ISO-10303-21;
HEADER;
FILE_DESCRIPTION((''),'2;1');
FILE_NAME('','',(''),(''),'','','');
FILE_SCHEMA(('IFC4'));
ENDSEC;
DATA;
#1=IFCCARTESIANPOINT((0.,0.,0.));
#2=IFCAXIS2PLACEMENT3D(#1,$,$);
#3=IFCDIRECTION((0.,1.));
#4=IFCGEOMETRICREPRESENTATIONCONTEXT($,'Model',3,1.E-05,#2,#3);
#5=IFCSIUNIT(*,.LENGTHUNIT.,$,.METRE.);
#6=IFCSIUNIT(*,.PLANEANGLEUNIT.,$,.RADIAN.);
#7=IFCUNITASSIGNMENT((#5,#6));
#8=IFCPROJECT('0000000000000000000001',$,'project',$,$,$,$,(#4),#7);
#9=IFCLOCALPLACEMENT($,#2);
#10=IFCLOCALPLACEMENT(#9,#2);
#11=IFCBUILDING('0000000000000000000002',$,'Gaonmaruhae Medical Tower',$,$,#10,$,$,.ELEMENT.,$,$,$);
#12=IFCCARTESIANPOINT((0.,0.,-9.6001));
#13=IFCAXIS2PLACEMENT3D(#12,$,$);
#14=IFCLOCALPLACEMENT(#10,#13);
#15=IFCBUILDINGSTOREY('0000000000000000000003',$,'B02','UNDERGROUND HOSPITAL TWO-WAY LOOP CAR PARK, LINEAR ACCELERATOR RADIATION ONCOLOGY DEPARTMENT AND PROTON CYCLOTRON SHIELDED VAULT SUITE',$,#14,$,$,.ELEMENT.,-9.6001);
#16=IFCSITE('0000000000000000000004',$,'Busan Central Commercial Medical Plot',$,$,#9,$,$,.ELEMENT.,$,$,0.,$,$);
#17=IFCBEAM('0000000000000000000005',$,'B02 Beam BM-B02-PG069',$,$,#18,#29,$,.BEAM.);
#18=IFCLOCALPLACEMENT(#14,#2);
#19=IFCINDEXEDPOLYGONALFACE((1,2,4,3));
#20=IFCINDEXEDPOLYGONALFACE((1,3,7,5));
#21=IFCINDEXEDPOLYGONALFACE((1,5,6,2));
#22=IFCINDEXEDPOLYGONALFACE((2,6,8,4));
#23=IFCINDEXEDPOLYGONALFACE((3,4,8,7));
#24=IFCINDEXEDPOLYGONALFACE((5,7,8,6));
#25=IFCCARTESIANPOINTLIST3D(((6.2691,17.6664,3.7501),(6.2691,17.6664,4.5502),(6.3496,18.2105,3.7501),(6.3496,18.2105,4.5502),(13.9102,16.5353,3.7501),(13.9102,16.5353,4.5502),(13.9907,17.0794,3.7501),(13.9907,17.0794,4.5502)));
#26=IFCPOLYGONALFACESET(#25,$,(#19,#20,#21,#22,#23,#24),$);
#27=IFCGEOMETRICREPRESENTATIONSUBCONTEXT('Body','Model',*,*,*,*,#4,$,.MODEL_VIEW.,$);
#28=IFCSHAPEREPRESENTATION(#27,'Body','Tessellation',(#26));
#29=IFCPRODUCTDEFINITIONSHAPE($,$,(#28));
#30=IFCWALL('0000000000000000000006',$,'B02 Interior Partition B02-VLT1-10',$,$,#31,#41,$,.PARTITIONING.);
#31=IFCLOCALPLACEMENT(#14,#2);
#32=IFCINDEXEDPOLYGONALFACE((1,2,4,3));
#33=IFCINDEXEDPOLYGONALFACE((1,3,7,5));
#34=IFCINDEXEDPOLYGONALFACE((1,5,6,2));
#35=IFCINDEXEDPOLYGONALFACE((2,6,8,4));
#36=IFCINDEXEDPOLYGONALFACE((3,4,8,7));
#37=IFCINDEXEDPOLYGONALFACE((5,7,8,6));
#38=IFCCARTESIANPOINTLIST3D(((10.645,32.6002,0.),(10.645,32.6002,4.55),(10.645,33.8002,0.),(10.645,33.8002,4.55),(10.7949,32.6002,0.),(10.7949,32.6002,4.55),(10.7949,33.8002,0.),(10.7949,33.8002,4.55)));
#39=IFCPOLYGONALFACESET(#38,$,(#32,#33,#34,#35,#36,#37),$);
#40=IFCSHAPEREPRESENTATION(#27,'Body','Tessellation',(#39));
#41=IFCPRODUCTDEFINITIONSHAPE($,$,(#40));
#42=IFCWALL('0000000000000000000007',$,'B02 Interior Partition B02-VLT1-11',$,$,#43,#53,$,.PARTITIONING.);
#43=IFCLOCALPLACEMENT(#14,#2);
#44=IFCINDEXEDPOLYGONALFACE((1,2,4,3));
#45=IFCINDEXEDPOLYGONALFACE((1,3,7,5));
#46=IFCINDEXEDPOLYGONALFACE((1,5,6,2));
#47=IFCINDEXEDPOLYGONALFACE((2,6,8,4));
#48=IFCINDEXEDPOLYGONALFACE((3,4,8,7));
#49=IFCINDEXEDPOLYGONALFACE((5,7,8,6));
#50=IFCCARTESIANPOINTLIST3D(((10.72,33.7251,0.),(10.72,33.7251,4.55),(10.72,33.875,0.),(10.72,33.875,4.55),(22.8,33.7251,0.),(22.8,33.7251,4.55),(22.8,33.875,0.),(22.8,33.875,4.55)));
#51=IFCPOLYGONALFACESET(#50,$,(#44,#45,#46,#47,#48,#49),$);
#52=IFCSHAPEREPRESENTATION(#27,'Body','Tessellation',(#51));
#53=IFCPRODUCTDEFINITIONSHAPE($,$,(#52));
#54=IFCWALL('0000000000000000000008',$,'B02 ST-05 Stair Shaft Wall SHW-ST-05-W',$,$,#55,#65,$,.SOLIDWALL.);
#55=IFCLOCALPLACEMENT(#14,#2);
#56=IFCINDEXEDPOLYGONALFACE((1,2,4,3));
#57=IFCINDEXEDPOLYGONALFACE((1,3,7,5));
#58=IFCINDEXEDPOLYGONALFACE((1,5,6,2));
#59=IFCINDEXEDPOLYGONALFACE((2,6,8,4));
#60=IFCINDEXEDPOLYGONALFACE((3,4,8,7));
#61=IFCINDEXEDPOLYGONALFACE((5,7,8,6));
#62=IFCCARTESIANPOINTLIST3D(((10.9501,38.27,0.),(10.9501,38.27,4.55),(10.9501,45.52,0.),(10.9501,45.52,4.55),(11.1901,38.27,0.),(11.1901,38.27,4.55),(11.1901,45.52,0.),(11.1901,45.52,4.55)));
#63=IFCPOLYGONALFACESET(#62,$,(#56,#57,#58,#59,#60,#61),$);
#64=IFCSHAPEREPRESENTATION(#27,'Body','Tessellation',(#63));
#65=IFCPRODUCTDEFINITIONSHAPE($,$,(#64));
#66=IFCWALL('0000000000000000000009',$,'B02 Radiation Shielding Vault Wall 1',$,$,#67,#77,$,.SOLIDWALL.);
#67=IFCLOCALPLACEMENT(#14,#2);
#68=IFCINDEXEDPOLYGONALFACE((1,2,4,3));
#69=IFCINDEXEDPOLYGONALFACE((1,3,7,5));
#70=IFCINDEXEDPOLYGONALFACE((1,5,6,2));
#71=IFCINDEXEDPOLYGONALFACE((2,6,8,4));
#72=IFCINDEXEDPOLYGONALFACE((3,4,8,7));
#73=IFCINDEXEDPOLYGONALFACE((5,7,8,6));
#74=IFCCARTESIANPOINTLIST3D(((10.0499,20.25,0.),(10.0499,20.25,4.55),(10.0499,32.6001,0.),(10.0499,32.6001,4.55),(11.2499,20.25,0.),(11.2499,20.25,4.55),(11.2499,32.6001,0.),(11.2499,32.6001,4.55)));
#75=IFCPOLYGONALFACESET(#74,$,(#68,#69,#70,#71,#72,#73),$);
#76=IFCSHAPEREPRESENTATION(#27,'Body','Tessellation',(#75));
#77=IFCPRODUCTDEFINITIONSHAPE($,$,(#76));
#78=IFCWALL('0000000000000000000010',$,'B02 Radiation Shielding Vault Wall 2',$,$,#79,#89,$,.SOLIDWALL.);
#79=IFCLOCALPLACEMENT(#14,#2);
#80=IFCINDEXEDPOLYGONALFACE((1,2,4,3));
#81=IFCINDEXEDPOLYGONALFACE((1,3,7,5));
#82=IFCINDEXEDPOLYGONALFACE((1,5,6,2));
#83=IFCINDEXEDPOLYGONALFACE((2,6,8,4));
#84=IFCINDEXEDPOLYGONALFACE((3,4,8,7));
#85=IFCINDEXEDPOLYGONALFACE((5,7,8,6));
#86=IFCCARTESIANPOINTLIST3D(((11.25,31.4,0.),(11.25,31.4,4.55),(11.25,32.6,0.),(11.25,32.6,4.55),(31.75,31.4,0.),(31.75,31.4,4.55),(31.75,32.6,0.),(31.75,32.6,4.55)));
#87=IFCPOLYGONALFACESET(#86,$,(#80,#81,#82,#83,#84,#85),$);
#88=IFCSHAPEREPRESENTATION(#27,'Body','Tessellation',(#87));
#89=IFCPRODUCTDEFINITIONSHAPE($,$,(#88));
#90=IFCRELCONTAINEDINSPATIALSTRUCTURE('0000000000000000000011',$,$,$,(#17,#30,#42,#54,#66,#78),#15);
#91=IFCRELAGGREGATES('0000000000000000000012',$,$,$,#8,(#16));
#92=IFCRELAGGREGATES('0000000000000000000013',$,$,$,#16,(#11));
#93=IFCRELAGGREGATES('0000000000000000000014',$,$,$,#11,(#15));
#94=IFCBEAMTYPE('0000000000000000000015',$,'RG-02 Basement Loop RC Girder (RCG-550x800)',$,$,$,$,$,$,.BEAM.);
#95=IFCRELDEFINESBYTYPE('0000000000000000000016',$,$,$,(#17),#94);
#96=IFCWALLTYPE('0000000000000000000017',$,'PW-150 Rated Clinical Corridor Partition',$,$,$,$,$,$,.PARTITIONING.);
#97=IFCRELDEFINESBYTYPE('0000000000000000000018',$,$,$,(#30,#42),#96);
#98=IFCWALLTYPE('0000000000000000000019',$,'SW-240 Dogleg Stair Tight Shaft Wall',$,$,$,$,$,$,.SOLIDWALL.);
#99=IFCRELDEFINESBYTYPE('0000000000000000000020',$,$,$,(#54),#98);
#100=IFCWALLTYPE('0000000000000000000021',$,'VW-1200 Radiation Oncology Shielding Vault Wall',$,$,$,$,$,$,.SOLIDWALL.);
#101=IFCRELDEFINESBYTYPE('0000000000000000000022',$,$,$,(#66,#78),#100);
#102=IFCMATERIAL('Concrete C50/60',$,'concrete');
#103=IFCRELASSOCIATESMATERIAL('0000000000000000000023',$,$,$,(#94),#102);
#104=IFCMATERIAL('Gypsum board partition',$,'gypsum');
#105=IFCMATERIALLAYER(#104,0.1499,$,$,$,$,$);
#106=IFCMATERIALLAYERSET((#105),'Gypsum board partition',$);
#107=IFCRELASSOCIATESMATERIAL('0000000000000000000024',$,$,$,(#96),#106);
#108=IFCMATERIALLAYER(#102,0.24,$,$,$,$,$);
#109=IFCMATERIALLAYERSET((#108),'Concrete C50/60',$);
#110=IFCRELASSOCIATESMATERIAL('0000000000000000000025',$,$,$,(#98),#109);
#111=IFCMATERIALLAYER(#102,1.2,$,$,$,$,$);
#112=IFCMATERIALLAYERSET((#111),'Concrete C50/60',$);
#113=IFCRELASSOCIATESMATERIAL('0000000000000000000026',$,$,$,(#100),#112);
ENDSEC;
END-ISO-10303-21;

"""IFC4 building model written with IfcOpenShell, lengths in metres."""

from ifc_helpers import new_model, si_unit, direction, frame, frame_2d, origin, origin_2d, place, context, subcontext, project, spatial, rectangle, extrude, material, layer, layer_set, material_profile, profile_set, type_object, element, save


model = new_model("IFC4")

# Units and contexts
model_context = context("Model", 3, precision=1e-05, world=origin(), true_north=direction((0.0, 1.0)))
body_context = subcontext(model_context, "Body", "Model", "MODEL_VIEW")
ifc_project = project(units=[si_unit("LENGTHUNIT", "METRE"), si_unit("PLANEANGLEUNIT", "RADIAN")], contexts=[model_context])

# Site, building, storey
site_placement = place(None, origin())
site = spatial("IfcSite", under=ifc_project, at=site_placement, Name="Busan Central Commercial Medical Plot", CompositionType="ELEMENT", RefElevation=0.0)
building_placement = place(site_placement, origin())
building = spatial("IfcBuilding", under=site, at=building_placement, Name="Gaonmaruhae Medical Tower", CompositionType="ELEMENT")
storey_placement = place(building_placement, frame((0.0, 0.0, -9.6001)))
storey = spatial("IfcBuildingStorey", under=building, at=storey_placement, Name="B02", Description="UNDERGROUND HOSPITAL TWO-WAY LOOP CAR PARK, LINEAR ACCELERATOR RADIATION ONCOLOGY DEPARTMENT AND PROTON CYCLOTRON SHIELDED VAULT SUITE", CompositionType="ELEMENT", Elevation=-9.6001)

# Shared definitions
ifc_material_1 = material(Name="Concrete C50/60", Category="concrete")

# Beam
ifc_material_profile_1 = material_profile(ifc_material_1, rectangle(XDim=0.55, YDim=0.8, at=origin_2d()), Name="RCG-550x800")
ifc_profile_set_1 = profile_set([ifc_material_profile_1], Name="Concrete C50/60")
beam_type = type_object("IfcBeamType", Name="RG-02 Basement Loop RC Girder (RCG-550x800)", PredefinedType="BEAM", material=ifc_profile_set_1)
beam_1_placement = place(storey_placement, frame((6.3093, 17.9385, 4.1501), z_axis=(0.989221, -0.146433, 0.0), x_axis=(0.146433, 0.989221, 0.0)))
element("IfcBeam", 1, at=beam_1_placement, inside=storey, type_object=beam_type, Name="B02 Beam BM-B02-PG069", PredefinedType="BEAM", context=body_context, shape_type="SweptSolid", body=[
    extrude(rectangle(XDim=0.55, YDim=0.8, at=origin_2d()), origin(), (0.0, 0.0, 1.0), 7.7244),
])

# Walls
ifc_material_2 = material(Name="Gypsum board partition", Category="gypsum")
ifc_layer_1 = layer(ifc_material_2, 0.1499)
ifc_layer_set_1 = layer_set([ifc_layer_1], Name="Gypsum board partition")
wall_type_1 = type_object("IfcWallType", Name="PW-150 Rated Clinical Corridor Partition", PredefinedType="PARTITIONING", material=ifc_layer_set_1)
wall_1_placement = place(storey_placement, frame((10.72, 32.6001, 0.0), z_axis=(0.0, 0.0, 1.0), x_axis=(0.0, 1.0, 0.0)))
element("IfcWall", 2, at=wall_1_placement, inside=storey, type_object=wall_type_1, Name="B02 Interior Partition B02-VLT1-10", PredefinedType="PARTITIONING", context=body_context, shape_type="SweptSolid", body=[
    extrude(rectangle(XDim=1.2, YDim=0.1499, at=frame_2d((0.6001, 0.0))), origin(), (0.0, 0.0, 1.0), 4.55),
])
wall_2_placement = place(storey_placement, frame((10.72, 33.8, 0.0), z_axis=(0.0, 0.0, 1.0), x_axis=(1.0, 0.0, 0.0)))
element("IfcWall", 3, at=wall_2_placement, inside=storey, type_object=wall_type_1, Name="B02 Interior Partition B02-VLT1-11", PredefinedType="PARTITIONING", context=body_context, shape_type="SweptSolid", body=[
    extrude(rectangle(XDim=12.0801, YDim=0.1499, at=frame_2d((6.04, 0.0))), origin(), (0.0, 0.0, 1.0), 4.55),
])
ifc_layer_2 = layer(ifc_material_1, 0.24)
ifc_layer_set_2 = layer_set([ifc_layer_2], Name="Concrete C50/60")
wall_type_2 = type_object("IfcWallType", Name="SW-240 Dogleg Stair Tight Shaft Wall", PredefinedType="SOLIDWALL", material=ifc_layer_set_2)
wall_3_placement = place(storey_placement, frame((11.0701, 38.27, 0.0), z_axis=(0.0, 0.0, 1.0), x_axis=(0.0, 1.0, 0.0)))
element("IfcWall", 4, at=wall_3_placement, inside=storey, type_object=wall_type_2, Name="B02 ST-05 Stair Shaft Wall SHW-ST-05-W", PredefinedType="SOLIDWALL", context=body_context, shape_type="SweptSolid", body=[
    extrude(rectangle(XDim=7.25, YDim=0.24, at=frame_2d((3.625, 0.0))), origin(), (0.0, 0.0, 1.0), 4.55),
])
ifc_layer_3 = layer(ifc_material_1, 1.2)
ifc_layer_set_3 = layer_set([ifc_layer_3], Name="Concrete C50/60")
wall_type_3 = type_object("IfcWallType", Name="VW-1200 Radiation Oncology Shielding Vault Wall", PredefinedType="SOLIDWALL", material=ifc_layer_set_3)
wall_4_placement = place(storey_placement, frame((10.6499, 20.25, 0.0), z_axis=(0.0, 0.0, 1.0), x_axis=(0.0, 1.0, 0.0)))
element("IfcWall", 5, at=wall_4_placement, inside=storey, type_object=wall_type_3, Name="B02 Radiation Shielding Vault Wall 1", PredefinedType="SOLIDWALL", context=body_context, shape_type="SweptSolid", body=[
    extrude(rectangle(XDim=12.3501, YDim=1.2, at=frame_2d((6.175, 0.0))), origin(), (0.0, 0.0, 1.0), 4.55),
])
wall_5_placement = place(storey_placement, frame((11.25, 32.0, 0.0), z_axis=(0.0, 0.0, 1.0), x_axis=(1.0, 0.0, 0.0)))
element("IfcWall", 6, at=wall_5_placement, inside=storey, type_object=wall_type_3, Name="B02 Radiation Shielding Vault Wall 2", PredefinedType="SOLIDWALL", context=body_context, shape_type="SweptSolid", body=[
    extrude(rectangle(XDim=20.5, YDim=1.2, at=frame_2d((10.25, 0.0))), origin(), (0.0, 0.0, 1.0), 4.55),
])

save(model, "model.ifc")
